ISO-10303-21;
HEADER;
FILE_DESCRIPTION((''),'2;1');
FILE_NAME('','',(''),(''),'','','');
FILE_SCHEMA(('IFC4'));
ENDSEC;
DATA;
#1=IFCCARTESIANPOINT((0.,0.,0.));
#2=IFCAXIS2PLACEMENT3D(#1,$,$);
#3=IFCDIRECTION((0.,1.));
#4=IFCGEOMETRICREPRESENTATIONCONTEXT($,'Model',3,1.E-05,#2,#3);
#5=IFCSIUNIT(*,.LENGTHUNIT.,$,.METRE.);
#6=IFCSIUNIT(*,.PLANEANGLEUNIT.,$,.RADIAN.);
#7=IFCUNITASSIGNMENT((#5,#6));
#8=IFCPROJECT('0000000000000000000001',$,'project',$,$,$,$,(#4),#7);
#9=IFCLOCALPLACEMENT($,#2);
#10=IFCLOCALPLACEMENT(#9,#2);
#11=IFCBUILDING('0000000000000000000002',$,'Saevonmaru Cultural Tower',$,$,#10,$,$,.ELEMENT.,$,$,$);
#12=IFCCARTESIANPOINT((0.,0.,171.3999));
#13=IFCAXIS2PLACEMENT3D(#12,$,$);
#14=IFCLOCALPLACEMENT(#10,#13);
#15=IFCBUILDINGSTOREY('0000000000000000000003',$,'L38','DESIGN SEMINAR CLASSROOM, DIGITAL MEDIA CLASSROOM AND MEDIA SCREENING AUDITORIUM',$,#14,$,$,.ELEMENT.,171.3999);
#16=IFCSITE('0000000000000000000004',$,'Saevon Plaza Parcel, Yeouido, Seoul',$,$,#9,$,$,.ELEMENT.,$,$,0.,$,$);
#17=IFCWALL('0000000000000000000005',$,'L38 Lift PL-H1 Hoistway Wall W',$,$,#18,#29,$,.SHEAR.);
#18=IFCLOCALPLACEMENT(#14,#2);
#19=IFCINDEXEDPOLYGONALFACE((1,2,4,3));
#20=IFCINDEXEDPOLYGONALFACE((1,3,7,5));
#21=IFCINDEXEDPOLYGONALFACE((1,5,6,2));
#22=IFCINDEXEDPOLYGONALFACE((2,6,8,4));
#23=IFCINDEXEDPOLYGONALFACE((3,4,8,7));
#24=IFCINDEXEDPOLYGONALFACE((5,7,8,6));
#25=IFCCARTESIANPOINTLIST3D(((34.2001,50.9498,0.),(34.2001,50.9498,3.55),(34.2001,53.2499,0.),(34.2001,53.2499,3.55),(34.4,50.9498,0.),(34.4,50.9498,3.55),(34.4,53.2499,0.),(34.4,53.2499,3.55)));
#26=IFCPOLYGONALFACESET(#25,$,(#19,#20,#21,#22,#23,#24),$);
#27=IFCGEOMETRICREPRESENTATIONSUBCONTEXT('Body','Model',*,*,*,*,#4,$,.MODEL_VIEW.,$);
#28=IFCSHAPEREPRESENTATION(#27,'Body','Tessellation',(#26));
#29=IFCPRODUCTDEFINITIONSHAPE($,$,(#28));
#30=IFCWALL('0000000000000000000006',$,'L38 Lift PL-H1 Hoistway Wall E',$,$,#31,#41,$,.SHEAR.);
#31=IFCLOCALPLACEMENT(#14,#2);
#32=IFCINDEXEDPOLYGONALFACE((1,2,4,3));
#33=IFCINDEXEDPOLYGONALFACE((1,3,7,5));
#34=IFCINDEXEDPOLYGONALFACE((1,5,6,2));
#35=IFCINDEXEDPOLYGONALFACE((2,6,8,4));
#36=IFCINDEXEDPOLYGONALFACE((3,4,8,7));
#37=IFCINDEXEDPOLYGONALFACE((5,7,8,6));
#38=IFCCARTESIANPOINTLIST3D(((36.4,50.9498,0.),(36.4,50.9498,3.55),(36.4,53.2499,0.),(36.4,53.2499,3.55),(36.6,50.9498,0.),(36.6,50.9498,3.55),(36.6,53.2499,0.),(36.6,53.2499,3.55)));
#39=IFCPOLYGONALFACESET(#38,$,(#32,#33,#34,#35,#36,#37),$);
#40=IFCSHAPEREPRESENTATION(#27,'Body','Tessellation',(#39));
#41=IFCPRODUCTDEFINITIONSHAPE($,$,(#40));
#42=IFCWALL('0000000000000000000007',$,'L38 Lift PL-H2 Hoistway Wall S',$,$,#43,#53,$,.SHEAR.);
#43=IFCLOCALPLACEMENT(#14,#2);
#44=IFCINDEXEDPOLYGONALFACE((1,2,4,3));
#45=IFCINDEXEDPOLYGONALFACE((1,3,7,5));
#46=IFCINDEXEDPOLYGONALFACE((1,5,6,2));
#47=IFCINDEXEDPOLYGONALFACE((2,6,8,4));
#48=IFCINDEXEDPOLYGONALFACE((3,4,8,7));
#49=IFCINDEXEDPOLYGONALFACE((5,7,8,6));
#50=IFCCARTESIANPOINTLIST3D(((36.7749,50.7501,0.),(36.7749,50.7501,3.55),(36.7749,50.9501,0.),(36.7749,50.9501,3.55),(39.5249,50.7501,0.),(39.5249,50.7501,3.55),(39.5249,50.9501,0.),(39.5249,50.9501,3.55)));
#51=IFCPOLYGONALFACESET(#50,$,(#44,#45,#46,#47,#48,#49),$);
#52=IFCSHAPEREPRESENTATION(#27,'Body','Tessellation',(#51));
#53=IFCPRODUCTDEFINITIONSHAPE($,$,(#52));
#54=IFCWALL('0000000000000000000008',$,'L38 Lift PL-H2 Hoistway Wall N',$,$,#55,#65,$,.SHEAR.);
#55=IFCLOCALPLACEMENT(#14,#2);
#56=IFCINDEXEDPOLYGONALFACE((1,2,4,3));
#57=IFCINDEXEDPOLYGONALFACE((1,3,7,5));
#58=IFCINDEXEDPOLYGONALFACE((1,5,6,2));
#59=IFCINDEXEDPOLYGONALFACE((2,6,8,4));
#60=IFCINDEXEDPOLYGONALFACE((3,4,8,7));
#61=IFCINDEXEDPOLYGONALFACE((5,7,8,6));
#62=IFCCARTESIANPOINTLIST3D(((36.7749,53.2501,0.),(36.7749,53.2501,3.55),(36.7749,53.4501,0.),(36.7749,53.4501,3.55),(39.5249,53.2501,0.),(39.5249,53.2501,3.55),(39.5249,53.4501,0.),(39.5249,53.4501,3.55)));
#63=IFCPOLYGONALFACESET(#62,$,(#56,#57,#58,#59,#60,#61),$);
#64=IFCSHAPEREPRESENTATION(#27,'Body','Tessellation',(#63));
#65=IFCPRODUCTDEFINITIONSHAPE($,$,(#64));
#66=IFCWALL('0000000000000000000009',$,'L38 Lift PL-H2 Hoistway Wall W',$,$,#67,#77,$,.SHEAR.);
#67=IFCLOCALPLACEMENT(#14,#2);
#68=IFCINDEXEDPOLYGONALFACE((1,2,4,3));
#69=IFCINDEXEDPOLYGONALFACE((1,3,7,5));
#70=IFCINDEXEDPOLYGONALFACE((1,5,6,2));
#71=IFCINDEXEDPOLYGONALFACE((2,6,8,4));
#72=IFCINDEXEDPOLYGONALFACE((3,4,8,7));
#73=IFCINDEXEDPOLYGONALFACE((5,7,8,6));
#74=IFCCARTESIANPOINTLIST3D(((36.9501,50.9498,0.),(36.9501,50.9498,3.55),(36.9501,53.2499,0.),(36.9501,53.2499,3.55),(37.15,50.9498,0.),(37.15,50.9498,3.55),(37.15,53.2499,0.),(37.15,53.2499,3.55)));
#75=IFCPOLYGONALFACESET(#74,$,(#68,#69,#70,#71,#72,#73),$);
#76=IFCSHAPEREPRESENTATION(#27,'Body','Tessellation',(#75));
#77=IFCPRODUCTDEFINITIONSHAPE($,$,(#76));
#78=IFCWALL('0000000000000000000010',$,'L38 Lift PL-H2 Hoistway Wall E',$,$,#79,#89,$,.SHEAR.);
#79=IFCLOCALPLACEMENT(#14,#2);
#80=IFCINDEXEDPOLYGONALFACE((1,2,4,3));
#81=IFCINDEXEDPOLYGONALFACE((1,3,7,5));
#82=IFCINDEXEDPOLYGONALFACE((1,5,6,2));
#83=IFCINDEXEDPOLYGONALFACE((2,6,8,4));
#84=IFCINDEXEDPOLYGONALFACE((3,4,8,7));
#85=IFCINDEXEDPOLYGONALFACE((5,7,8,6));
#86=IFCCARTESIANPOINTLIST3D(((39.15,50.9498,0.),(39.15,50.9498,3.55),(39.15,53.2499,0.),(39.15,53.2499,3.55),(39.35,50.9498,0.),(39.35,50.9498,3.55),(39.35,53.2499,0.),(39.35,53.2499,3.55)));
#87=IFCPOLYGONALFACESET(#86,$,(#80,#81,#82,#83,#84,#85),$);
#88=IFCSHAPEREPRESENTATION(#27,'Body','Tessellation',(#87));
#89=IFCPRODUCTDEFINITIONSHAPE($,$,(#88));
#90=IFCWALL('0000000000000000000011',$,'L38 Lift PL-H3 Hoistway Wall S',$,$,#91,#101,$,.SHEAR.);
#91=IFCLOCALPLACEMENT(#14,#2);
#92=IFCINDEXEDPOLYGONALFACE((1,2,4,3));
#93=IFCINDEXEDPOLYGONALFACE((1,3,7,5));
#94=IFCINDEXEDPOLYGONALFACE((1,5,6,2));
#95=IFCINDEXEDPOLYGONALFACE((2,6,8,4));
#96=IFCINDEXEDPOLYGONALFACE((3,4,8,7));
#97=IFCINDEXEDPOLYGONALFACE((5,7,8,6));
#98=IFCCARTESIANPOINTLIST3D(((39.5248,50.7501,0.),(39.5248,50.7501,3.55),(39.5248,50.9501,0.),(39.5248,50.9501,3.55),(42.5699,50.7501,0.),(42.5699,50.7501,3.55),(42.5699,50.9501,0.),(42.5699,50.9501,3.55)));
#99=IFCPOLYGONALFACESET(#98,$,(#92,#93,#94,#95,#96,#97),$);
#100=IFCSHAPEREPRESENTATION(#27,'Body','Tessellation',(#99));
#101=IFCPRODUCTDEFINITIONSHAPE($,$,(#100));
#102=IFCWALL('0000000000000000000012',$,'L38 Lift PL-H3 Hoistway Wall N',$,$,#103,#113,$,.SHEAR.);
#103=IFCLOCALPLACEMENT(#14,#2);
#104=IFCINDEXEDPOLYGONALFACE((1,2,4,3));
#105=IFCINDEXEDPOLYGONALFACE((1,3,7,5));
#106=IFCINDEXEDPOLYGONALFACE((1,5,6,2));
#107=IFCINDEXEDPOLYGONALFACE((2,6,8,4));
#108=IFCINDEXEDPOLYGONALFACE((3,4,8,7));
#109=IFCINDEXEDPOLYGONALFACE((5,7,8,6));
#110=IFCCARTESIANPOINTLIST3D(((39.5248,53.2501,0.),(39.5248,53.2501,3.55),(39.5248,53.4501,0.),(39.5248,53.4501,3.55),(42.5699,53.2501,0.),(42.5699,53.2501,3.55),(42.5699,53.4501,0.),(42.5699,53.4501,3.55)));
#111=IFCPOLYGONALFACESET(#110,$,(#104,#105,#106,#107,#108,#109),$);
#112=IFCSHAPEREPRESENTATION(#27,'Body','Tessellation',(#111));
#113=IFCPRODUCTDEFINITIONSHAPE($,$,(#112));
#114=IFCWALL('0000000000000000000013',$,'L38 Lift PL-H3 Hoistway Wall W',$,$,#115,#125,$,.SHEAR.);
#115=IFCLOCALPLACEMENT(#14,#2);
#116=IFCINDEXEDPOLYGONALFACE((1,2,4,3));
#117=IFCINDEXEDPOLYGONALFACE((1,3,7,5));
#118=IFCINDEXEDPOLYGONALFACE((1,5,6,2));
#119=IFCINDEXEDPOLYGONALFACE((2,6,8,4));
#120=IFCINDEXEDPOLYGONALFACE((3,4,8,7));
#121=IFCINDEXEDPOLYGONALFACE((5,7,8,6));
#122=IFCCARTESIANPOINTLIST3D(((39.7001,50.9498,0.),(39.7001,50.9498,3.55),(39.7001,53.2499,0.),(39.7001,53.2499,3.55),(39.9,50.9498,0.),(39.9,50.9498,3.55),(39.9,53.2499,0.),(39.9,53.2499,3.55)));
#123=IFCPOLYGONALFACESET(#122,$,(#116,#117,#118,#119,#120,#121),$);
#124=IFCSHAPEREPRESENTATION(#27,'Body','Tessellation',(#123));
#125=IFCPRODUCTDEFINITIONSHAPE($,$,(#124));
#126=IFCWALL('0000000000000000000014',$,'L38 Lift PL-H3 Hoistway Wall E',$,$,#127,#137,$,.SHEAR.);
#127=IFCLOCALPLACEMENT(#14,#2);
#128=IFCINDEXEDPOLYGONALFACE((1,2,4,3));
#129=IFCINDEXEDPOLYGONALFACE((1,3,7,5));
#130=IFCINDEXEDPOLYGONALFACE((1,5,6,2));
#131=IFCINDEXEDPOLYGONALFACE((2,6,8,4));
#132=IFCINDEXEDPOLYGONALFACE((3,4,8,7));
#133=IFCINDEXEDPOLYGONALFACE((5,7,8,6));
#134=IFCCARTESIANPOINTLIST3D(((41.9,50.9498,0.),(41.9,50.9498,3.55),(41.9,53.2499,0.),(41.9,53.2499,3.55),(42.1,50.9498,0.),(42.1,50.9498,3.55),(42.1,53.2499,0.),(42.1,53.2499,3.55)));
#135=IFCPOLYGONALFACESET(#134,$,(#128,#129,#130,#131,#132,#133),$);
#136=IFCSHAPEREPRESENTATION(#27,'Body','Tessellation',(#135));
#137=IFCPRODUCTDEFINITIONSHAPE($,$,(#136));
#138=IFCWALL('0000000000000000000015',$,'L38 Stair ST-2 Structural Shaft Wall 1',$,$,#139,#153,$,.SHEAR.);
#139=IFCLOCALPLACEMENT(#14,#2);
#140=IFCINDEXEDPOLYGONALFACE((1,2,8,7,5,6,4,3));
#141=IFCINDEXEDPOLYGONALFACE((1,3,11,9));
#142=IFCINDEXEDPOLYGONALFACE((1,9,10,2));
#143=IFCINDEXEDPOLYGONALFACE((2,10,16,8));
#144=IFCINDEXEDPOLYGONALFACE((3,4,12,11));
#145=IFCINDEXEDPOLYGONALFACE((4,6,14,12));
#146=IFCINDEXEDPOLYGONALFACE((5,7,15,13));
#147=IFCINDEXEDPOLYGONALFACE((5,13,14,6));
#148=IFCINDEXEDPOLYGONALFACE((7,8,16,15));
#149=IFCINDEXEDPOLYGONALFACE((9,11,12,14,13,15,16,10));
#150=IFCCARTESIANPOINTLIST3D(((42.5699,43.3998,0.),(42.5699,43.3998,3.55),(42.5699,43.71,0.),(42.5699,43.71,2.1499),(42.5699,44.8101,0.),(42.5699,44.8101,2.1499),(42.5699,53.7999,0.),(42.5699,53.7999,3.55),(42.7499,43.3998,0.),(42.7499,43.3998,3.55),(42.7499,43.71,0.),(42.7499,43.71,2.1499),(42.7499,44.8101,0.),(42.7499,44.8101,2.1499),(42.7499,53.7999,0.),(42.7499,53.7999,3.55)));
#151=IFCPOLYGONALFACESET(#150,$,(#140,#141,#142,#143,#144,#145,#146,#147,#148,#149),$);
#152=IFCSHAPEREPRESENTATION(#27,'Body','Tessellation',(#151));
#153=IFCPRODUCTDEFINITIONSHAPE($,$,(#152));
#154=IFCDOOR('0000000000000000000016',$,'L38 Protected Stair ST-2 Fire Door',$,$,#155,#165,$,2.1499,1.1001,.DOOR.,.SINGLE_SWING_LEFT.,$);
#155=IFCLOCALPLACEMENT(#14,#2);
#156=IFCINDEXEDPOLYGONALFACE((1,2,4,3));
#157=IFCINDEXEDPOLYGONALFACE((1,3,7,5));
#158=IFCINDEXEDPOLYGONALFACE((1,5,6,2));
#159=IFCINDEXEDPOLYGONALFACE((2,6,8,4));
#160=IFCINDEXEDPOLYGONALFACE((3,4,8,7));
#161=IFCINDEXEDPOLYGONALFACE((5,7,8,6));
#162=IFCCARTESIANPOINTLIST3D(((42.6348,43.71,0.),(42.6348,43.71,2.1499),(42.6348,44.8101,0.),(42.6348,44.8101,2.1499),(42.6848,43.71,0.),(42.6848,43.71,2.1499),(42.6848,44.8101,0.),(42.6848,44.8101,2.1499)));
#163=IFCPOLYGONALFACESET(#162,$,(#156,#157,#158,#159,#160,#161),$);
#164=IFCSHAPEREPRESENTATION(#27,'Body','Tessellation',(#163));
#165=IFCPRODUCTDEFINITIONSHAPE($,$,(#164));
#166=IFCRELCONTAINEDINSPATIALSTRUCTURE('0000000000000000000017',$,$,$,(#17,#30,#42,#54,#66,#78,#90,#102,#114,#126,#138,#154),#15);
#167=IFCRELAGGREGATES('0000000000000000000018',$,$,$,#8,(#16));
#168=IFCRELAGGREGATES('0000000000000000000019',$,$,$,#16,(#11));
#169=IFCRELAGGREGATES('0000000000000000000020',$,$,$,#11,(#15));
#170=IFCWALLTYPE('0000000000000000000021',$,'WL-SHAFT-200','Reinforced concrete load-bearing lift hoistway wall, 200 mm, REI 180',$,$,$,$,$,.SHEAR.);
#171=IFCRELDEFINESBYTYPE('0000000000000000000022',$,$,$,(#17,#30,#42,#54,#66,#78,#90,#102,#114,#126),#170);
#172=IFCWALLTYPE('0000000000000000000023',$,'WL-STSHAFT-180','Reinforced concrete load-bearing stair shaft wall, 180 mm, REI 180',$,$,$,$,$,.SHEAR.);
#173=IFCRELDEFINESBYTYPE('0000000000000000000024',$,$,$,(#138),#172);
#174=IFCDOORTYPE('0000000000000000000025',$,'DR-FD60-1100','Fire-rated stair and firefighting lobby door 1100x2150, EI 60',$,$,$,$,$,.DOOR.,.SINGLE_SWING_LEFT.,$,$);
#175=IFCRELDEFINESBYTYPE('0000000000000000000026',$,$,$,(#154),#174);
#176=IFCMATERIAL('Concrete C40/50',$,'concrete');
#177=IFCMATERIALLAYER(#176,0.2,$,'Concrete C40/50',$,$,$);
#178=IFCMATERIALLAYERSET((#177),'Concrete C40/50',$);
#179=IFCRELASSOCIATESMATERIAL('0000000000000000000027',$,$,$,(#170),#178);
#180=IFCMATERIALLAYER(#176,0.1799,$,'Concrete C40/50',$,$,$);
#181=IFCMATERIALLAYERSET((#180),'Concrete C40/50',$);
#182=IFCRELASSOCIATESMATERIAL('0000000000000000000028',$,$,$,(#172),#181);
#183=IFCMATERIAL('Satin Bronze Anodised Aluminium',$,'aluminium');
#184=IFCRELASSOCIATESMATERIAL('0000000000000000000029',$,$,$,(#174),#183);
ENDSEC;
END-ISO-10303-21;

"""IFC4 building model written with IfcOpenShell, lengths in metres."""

from ifc_helpers import new_model, si_unit, direction, frame, frame_2d, origin, place, context, subcontext, project, spatial, rectangle, extrude, material, layer, layer_set, type_object, element, fill, save


model = new_model("IFC4")

# Units and contexts
model_context = context("Model", 3, precision=1e-05, world=origin(), true_north=direction((0.0, 1.0)))
body_context = subcontext(model_context, "Body", "Model", "MODEL_VIEW")
ifc_project = project(units=[si_unit("LENGTHUNIT", "METRE"), si_unit("PLANEANGLEUNIT", "RADIAN")], contexts=[model_context])

# Site, building, storey
site_placement = place(None, origin())
site = spatial("IfcSite", under=ifc_project, at=site_placement, Name="Saevon Plaza Parcel, Yeouido, Seoul", CompositionType="ELEMENT", RefElevation=0.0)
building_placement = place(site_placement, origin())
building = spatial("IfcBuilding", under=site, at=building_placement, Name="Saevonmaru Cultural Tower", CompositionType="ELEMENT")
storey_placement = place(building_placement, frame((0.0, 0.0, 171.3999)))
storey = spatial("IfcBuildingStorey", under=building, at=storey_placement, Name="L38", Description="DESIGN SEMINAR CLASSROOM, DIGITAL MEDIA CLASSROOM AND MEDIA SCREENING AUDITORIUM", CompositionType="ELEMENT", Elevation=171.3999)

# Shared definitions
ifc_material_1 = material(Name="Satin Bronze Anodised Aluminium", Category="aluminium")

# Walls
ifc_material_2 = material(Name="Concrete C40/50", Category="concrete")
ifc_layer_1 = layer(ifc_material_2, 0.2, Name="Concrete C40/50")
ifc_layer_set_1 = layer_set([ifc_layer_1], Name="Concrete C40/50")
wall_type_1 = type_object("IfcWallType", Name="WL-SHAFT-200", Description="Reinforced concrete load-bearing lift hoistway wall, 200 mm, REI 180", PredefinedType="SHEAR", material=ifc_layer_set_1)
for number, where, z_axis, x_axis, name in (
    (1, (34.3, 50.95, 0.0), (0.0, 0.0, 1.0), (0.0, 1.0, 0.0), "L38 Lift PL-H1 Hoistway Wall W"),
    (2, (36.5, 50.95, 0.0), (0.0, 0.0, 1.0), (0.0, 1.0, 0.0), "L38 Lift PL-H1 Hoistway Wall E"),
):
    element("IfcWall", number, at=place(storey_placement, frame(where, z_axis=z_axis, x_axis=x_axis)), inside=storey, type_object=wall_type_1, Name=name, PredefinedType="SHEAR", context=body_context, shape_type="SweptSolid", body=[
        extrude(rectangle(XDim=2.3, YDim=0.2, at=frame_2d((1.1499, 0.0))), origin(), (0.0, 0.0, 1.0), 3.55),
    ])
for number, where, z_axis, x_axis, name in (
    (3, (36.7749, 50.8501, 0.0), (0.0, 0.0, 1.0), (1.0, 0.0, 0.0), "L38 Lift PL-H2 Hoistway Wall S"),
    (4, (36.7749, 53.3501, 0.0), (0.0, 0.0, 1.0), (1.0, 0.0, 0.0), "L38 Lift PL-H2 Hoistway Wall N"),
):
    element("IfcWall", number, at=place(storey_placement, frame(where, z_axis=z_axis, x_axis=x_axis)), inside=storey, type_object=wall_type_1, Name=name, PredefinedType="SHEAR", context=body_context, shape_type="SweptSolid", body=[
        extrude(rectangle(XDim=2.75, YDim=0.2, at=frame_2d((1.375, 0.0))), origin(), (0.0, 0.0, 1.0), 3.55),
    ])
for number, where, z_axis, x_axis, name in (
    (5, (37.05, 50.95, 0.0), (0.0, 0.0, 1.0), (0.0, 1.0, 0.0), "L38 Lift PL-H2 Hoistway Wall W"),
    (6, (39.25, 50.95, 0.0), (0.0, 0.0, 1.0), (0.0, 1.0, 0.0), "L38 Lift PL-H2 Hoistway Wall E"),
):
    element("IfcWall", number, at=place(storey_placement, frame(where, z_axis=z_axis, x_axis=x_axis)), inside=storey, type_object=wall_type_1, Name=name, PredefinedType="SHEAR", context=body_context, shape_type="SweptSolid", body=[
        extrude(rectangle(XDim=2.3, YDim=0.2, at=frame_2d((1.1499, 0.0))), origin(), (0.0, 0.0, 1.0), 3.55),
    ])
for number, where, z_axis, x_axis, name in (
    (7, (39.5249, 50.8501, 0.0), (0.0, 0.0, 1.0), (1.0, 0.0, 0.0), "L38 Lift PL-H3 Hoistway Wall S"),
    (8, (39.5249, 53.3501, 0.0), (0.0, 0.0, 1.0), (1.0, 0.0, 0.0), "L38 Lift PL-H3 Hoistway Wall N"),
):
    element("IfcWall", number, at=place(storey_placement, frame(where, z_axis=z_axis, x_axis=x_axis)), inside=storey, type_object=wall_type_1, Name=name, PredefinedType="SHEAR", context=body_context, shape_type="SweptSolid", body=[
        extrude(rectangle(XDim=3.0452, YDim=0.2, at=frame_2d((1.5225, 0.0))), origin(), (0.0, 0.0, 1.0), 3.55),
    ])
for number, where, z_axis, x_axis, name in (
    (9, (39.8, 50.95, 0.0), (0.0, 0.0, 1.0), (0.0, 1.0, 0.0), "L38 Lift PL-H3 Hoistway Wall W"),
    (10, (42.0, 50.95, 0.0), (0.0, 0.0, 1.0), (0.0, 1.0, 0.0), "L38 Lift PL-H3 Hoistway Wall E"),
):
    element("IfcWall", number, at=place(storey_placement, frame(where, z_axis=z_axis, x_axis=x_axis)), inside=storey, type_object=wall_type_1, Name=name, PredefinedType="SHEAR", context=body_context, shape_type="SweptSolid", body=[
        extrude(rectangle(XDim=2.3, YDim=0.2, at=frame_2d((1.1499, 0.0))), origin(), (0.0, 0.0, 1.0), 3.55),
    ])

# Wall, opening, door
ifc_layer_2 = layer(ifc_material_2, 0.1799, Name="Concrete C40/50")
ifc_layer_set_2 = layer_set([ifc_layer_2], Name="Concrete C40/50")
wall_type_2 = type_object("IfcWallType", Name="WL-STSHAFT-180", Description="Reinforced concrete load-bearing stair shaft wall, 180 mm, REI 180", PredefinedType="SHEAR", material=ifc_layer_set_2)
wall_placement = place(storey_placement, frame((42.6599, 53.8, 0.0), z_axis=(0.0, 0.0, 1.0), x_axis=(0.0, -1.0, 0.0)))
wall = element("IfcWall", 11, at=wall_placement, inside=storey, type_object=wall_type_2, Name="L38 Stair ST-2 Structural Shaft Wall 1", PredefinedType="SHEAR", context=body_context, shape_type="SweptSolid", body=[
    extrude(rectangle(XDim=10.4001, YDim=0.1799, at=frame_2d((5.2002, 0.0))), origin(), (0.0, 0.0, 1.0), 3.55),
])
opening_placement = place(wall_placement, frame((8.99, 0.0, 0.0)))
opening = element("IfcOpeningElement", 12, at=opening_placement, cuts=wall, PredefinedType="OPENING", context=body_context, shape_type="SweptSolid", body=[
    extrude(rectangle(XDim=1.1001, YDim=2.1499, at=frame_2d((0.55, 1.075))), frame((0.0, 0.1001, 0.0), z_axis=(0.0, -1.0, 0.0), x_axis=(1.0, 0.0, 0.0)), (0.0, 0.0, 1.0), 0.2),
])
door_type = type_object("IfcDoorType", Name="DR-FD60-1100", Description="Fire-rated stair and firefighting lobby door 1100x2150, EI 60", OperationType="SINGLE_SWING_LEFT", PredefinedType="DOOR", material=ifc_material_1)
door_placement = place(opening_placement, origin())
door = element("IfcDoor", 13, at=door_placement, inside=storey, type_object=door_type, Name="L38 Protected Stair ST-2 Fire Door", OperationType="SINGLE_SWING_LEFT", OverallHeight=2.1499, OverallWidth=1.1001, PredefinedType="DOOR", context=body_context, shape_type="SweptSolid", body=[
    extrude(rectangle(XDim=1.1001, YDim=2.1499, at=frame_2d((0.55, 1.075))), frame((0.0, 0.0249, 0.0), z_axis=(0.0, -1.0, 0.0), x_axis=(1.0, 0.0, 0.0)), (0.0, 0.0, 1.0), 0.05),
])
fill(opening, door)

save(model, "model.ifc")
